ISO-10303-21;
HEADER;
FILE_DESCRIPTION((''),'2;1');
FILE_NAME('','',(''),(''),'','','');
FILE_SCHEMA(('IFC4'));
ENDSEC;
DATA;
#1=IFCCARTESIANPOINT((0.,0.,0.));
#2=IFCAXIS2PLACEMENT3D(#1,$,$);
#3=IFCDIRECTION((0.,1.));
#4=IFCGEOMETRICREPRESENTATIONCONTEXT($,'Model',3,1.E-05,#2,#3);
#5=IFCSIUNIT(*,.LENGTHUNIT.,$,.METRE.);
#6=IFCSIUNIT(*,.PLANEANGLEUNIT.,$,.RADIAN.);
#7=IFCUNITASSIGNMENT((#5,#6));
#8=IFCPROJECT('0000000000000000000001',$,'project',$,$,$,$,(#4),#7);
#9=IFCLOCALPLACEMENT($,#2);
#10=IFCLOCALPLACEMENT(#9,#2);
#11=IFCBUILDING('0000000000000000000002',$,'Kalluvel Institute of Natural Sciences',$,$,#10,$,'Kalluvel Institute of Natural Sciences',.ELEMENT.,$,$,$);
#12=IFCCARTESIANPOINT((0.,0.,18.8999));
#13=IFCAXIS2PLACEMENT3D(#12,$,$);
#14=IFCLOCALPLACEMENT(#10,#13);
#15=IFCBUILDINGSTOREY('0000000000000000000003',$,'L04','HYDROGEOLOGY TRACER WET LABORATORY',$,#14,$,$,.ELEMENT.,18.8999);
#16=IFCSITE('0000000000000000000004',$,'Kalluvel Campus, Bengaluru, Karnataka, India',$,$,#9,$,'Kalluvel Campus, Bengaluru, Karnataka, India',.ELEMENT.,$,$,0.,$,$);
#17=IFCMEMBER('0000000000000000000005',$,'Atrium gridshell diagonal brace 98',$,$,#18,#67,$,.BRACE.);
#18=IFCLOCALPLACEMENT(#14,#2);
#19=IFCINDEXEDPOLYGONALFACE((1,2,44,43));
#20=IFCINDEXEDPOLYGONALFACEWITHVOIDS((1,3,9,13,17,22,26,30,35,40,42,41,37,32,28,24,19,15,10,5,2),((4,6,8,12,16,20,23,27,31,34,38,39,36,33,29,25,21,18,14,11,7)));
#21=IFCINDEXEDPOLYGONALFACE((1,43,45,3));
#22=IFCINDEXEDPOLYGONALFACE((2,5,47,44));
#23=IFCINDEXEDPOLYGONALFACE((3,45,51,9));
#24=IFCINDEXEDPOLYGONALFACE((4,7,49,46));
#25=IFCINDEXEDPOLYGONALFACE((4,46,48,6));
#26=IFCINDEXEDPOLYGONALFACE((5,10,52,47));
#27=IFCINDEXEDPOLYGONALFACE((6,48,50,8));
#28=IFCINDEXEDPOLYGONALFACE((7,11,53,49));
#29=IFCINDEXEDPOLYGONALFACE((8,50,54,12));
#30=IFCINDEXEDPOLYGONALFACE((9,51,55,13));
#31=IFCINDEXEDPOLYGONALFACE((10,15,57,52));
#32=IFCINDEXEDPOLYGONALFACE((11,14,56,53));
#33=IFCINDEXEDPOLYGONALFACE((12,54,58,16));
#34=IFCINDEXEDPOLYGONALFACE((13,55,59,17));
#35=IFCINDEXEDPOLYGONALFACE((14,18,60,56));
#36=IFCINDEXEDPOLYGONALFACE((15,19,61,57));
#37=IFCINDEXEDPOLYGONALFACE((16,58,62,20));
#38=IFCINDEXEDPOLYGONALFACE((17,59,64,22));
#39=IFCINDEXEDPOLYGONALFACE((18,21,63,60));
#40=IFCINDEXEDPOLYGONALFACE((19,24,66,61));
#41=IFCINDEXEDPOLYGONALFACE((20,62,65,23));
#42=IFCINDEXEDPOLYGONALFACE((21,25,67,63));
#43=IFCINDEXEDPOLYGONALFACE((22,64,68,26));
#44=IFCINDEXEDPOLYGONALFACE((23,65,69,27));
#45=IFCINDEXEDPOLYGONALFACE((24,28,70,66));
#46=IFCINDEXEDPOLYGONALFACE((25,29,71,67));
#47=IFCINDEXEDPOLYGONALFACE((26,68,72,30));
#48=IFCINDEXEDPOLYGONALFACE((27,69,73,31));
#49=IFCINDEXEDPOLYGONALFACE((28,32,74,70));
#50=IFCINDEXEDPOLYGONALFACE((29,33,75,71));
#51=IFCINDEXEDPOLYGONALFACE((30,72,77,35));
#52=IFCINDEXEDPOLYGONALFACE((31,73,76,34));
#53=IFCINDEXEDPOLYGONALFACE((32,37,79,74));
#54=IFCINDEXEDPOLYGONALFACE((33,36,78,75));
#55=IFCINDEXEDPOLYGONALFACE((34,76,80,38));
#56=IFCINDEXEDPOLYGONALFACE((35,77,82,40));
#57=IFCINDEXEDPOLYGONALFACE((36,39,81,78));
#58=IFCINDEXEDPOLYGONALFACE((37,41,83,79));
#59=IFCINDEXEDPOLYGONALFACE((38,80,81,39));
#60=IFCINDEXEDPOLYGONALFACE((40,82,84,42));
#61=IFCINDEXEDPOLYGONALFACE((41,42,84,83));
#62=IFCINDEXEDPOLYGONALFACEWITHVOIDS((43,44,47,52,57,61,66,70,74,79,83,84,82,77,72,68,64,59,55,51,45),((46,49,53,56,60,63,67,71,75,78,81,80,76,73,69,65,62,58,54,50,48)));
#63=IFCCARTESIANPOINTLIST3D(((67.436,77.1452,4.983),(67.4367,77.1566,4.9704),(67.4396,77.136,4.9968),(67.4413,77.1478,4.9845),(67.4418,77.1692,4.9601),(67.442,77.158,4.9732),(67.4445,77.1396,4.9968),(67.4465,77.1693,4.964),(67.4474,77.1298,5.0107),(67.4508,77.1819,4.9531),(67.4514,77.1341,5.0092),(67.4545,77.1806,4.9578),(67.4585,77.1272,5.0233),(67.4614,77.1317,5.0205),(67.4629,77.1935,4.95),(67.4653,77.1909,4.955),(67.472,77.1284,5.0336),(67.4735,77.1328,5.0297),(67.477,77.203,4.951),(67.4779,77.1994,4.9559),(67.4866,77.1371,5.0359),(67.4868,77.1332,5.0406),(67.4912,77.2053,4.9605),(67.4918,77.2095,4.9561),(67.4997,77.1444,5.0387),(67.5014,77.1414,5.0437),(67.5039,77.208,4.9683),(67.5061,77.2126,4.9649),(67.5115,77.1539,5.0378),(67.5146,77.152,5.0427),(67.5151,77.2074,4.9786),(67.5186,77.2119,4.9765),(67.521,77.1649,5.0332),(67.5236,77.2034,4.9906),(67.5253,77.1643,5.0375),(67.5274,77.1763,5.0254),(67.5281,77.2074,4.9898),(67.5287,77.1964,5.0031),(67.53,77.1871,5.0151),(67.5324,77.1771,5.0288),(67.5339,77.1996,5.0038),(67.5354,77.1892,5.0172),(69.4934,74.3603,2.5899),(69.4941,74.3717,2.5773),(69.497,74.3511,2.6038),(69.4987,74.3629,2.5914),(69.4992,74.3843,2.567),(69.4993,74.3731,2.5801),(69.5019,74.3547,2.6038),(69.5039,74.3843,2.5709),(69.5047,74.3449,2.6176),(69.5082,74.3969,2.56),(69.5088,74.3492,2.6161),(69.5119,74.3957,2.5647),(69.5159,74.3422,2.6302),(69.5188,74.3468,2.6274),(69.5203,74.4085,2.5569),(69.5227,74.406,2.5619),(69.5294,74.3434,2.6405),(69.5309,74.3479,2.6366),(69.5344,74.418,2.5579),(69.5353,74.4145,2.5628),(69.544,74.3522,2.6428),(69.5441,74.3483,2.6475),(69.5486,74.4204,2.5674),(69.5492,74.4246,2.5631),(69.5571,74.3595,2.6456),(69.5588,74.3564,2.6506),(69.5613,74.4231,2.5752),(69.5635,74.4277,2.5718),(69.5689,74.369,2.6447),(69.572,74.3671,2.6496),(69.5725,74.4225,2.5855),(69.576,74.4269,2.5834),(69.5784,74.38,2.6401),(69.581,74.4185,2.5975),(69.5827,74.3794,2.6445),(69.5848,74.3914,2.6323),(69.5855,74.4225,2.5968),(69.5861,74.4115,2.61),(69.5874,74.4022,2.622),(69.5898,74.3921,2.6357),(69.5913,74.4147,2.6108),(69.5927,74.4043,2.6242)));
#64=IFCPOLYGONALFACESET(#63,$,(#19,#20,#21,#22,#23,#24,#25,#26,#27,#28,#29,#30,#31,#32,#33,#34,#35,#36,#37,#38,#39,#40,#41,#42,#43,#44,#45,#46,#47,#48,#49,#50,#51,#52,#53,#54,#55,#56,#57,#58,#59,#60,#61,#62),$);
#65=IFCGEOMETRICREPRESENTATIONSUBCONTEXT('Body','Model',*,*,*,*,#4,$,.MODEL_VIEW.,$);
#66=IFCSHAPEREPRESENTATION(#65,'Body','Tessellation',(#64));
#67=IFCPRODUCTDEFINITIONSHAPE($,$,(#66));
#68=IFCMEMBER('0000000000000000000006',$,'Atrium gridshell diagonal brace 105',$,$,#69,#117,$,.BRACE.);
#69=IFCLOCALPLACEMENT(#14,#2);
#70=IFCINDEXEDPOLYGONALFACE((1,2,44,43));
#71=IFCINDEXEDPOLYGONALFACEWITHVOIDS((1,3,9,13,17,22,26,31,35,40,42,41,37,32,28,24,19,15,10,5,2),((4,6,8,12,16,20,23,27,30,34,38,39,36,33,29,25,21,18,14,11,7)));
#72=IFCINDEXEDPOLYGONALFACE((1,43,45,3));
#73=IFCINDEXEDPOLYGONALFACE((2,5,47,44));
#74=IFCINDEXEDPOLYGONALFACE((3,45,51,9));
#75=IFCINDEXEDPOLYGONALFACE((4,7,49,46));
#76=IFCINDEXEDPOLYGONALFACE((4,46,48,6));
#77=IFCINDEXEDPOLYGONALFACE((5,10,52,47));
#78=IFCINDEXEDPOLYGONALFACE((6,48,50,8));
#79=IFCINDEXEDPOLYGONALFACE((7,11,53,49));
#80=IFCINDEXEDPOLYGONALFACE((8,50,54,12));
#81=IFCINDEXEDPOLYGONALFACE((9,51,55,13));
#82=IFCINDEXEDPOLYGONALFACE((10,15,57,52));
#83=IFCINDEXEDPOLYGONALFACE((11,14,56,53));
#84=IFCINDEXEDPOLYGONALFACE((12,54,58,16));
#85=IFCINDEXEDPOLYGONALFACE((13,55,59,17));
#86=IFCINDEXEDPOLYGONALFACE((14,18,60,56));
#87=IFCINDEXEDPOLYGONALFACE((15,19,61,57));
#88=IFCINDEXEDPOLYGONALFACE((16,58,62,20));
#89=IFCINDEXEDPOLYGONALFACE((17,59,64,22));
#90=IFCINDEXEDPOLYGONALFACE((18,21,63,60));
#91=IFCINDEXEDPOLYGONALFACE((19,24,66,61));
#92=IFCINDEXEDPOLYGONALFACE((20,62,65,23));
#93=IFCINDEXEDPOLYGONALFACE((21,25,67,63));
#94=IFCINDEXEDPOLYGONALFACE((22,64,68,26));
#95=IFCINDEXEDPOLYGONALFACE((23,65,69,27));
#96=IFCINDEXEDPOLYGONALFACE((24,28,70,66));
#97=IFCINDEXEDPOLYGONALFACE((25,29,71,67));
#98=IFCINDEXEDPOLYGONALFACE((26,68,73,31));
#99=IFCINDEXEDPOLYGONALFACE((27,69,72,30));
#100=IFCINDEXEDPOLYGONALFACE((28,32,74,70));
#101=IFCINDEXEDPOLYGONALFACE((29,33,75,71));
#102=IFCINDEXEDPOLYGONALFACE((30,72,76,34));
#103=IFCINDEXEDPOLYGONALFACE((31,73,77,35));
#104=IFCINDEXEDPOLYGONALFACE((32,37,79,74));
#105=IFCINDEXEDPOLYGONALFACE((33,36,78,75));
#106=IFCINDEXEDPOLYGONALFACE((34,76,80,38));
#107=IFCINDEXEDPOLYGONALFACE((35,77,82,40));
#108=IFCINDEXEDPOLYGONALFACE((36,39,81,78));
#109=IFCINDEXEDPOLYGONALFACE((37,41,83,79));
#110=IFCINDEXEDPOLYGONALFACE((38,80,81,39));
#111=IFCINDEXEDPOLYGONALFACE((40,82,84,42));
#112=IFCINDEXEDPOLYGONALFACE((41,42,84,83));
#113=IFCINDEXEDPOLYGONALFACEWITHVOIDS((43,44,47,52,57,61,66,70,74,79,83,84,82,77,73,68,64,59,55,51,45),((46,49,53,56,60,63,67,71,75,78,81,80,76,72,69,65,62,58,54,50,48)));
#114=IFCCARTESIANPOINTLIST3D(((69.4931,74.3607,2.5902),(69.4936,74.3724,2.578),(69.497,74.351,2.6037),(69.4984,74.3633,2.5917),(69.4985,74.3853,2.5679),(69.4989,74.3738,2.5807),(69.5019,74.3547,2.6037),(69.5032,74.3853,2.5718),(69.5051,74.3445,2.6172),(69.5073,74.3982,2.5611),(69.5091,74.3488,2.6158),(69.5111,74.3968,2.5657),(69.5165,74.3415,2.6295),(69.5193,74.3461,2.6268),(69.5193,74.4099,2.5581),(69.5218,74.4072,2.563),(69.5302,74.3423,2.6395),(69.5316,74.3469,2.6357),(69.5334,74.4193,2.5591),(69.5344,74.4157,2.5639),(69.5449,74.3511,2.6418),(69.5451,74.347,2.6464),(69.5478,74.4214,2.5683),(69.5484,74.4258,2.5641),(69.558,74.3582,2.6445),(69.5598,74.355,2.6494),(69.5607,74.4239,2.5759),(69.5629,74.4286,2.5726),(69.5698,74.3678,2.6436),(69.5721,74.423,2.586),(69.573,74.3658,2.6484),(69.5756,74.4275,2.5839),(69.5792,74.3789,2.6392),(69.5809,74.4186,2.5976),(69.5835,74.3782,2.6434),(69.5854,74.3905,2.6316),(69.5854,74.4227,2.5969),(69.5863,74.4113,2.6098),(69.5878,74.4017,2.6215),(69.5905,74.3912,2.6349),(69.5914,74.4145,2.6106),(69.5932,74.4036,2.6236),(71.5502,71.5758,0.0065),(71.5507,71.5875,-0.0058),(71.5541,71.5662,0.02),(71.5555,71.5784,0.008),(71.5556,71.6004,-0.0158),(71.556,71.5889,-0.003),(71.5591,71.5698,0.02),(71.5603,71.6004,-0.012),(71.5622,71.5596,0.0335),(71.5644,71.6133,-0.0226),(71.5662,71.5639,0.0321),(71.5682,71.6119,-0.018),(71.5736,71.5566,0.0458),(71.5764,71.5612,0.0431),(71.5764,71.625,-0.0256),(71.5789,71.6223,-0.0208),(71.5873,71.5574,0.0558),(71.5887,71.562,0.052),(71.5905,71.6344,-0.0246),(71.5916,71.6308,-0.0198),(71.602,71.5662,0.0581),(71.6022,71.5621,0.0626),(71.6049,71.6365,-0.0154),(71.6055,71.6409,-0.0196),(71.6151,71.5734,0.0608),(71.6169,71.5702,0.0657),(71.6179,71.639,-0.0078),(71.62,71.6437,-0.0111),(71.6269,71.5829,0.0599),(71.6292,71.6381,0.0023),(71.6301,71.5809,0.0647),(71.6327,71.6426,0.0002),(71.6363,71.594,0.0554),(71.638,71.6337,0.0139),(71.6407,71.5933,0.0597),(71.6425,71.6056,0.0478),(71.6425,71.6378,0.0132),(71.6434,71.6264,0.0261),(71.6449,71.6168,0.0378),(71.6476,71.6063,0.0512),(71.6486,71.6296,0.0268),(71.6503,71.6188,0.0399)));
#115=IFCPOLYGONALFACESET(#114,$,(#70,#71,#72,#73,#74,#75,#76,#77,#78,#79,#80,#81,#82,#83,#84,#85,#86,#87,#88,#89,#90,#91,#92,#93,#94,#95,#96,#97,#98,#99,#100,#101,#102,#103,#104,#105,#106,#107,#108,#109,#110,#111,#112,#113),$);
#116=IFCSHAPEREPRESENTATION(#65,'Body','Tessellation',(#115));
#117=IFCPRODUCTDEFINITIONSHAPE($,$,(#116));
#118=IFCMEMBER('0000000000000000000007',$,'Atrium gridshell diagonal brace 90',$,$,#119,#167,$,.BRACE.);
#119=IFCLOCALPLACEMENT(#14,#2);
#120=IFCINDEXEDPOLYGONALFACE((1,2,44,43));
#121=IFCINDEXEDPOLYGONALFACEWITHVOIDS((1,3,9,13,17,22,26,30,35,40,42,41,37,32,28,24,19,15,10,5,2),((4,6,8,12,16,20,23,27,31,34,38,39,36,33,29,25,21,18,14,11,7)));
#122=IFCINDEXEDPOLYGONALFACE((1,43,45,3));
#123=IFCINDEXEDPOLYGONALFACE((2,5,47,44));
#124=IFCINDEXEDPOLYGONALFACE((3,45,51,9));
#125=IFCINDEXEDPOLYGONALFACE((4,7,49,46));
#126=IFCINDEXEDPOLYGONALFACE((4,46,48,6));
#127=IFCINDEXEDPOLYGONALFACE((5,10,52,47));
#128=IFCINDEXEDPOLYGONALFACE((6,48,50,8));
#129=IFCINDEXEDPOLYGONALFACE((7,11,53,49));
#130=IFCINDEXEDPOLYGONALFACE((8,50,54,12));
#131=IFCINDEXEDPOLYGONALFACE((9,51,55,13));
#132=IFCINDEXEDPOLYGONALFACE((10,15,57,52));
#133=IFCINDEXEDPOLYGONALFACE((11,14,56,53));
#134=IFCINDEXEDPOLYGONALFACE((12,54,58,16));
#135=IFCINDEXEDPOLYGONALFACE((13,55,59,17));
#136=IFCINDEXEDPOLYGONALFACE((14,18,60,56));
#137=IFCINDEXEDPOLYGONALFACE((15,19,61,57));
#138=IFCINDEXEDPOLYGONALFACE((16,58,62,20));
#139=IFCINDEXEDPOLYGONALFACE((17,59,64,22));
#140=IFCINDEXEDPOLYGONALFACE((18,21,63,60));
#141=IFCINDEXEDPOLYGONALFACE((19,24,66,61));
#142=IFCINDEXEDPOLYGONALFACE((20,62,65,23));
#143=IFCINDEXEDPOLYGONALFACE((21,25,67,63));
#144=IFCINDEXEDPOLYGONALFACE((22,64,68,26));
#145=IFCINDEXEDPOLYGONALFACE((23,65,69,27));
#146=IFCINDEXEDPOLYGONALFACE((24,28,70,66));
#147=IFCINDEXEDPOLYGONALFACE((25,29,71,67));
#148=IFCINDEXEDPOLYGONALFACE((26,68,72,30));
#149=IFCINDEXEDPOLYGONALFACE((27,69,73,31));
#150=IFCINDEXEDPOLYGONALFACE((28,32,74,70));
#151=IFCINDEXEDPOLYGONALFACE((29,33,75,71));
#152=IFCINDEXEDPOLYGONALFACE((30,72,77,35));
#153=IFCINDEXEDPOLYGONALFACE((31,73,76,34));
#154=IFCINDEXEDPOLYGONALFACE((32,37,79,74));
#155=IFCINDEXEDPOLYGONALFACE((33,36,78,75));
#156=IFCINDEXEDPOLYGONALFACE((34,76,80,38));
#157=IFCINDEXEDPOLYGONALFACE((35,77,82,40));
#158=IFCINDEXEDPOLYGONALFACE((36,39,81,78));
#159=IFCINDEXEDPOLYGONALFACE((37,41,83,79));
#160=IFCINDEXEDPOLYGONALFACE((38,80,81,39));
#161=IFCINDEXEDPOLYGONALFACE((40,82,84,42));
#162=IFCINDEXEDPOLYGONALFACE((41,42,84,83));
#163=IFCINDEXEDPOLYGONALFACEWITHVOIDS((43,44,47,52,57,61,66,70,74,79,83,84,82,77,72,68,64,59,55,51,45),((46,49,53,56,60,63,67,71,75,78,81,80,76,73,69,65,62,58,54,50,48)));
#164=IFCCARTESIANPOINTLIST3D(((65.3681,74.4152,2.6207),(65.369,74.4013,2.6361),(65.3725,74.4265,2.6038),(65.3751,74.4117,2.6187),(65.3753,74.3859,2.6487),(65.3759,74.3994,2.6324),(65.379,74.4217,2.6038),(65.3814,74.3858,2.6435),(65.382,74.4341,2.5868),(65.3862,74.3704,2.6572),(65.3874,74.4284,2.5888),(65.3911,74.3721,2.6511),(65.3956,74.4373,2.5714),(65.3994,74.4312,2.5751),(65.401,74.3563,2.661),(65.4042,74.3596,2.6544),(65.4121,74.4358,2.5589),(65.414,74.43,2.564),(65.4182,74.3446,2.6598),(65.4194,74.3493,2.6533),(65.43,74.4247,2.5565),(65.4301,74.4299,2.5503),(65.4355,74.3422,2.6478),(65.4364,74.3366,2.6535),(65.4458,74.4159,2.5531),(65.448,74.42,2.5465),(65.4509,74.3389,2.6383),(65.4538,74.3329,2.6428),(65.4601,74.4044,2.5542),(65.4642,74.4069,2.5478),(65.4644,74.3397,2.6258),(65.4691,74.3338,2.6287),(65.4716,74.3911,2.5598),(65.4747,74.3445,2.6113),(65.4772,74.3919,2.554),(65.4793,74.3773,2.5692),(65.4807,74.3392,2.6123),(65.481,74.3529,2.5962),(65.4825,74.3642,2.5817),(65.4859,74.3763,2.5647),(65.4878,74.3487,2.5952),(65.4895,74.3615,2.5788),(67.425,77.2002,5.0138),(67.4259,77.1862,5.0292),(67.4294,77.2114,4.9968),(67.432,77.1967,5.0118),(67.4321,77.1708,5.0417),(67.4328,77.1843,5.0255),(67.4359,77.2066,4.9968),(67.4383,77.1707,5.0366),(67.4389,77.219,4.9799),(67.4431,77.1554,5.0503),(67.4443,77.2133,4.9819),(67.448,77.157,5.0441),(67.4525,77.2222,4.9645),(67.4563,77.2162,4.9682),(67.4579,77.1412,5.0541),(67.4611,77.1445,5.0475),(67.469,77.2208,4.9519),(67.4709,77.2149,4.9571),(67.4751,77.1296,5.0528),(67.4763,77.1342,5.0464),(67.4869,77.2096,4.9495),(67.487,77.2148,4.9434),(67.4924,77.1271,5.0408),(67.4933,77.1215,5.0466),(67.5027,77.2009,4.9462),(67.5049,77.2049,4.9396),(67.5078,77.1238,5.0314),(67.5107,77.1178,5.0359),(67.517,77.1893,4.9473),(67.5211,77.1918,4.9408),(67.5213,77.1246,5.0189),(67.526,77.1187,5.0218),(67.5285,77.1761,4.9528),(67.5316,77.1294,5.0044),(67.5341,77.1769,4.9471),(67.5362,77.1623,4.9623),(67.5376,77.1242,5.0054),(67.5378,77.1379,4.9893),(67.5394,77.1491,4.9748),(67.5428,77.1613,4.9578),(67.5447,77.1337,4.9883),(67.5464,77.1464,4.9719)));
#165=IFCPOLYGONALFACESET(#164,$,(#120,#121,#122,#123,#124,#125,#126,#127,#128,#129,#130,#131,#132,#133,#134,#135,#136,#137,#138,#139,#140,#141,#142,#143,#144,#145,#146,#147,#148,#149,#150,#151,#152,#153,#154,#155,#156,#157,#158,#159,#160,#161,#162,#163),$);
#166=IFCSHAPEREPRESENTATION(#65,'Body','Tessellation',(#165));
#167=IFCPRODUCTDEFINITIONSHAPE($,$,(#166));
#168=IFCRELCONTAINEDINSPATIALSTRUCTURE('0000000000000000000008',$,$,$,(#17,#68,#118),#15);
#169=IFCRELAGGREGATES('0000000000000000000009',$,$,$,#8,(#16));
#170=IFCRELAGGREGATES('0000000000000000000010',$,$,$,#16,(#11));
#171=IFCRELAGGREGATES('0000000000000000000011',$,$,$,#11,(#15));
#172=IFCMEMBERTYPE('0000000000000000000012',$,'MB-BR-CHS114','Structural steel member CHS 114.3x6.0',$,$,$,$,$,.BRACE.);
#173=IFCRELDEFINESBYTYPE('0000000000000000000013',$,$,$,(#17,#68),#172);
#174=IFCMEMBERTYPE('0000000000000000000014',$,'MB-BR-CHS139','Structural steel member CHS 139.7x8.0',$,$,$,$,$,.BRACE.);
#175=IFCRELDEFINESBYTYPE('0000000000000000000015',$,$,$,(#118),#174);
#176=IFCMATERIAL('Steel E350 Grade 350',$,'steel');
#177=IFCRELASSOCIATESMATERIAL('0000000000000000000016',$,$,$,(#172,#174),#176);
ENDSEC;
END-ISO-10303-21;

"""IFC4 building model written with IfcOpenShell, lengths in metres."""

from ifc_helpers import new_model, si_unit, direction, frame, origin, origin_2d, place, context, subcontext, project, spatial, hollow_circle, extrude, material, material_profile, profile_set, type_object, element, save


model = new_model("IFC4")

# Units and contexts
model_context = context("Model", 3, precision=1e-05, world=origin(), true_north=direction((0.0, 1.0)))
body_context = subcontext(model_context, "Body", "Model", "MODEL_VIEW")
ifc_project = project(units=[si_unit("LENGTHUNIT", "METRE"), si_unit("PLANEANGLEUNIT", "RADIAN")], contexts=[model_context])

# Site, building, storey
site_placement = place(None, origin())
site = spatial("IfcSite", under=ifc_project, at=site_placement, Name="Kalluvel Campus, Bengaluru, Karnataka, India", LongName="Kalluvel Campus, Bengaluru, Karnataka, India", CompositionType="ELEMENT", RefElevation=0.0)
building_placement = place(site_placement, origin())
building = spatial("IfcBuilding", under=site, at=building_placement, Name="Kalluvel Institute of Natural Sciences", LongName="Kalluvel Institute of Natural Sciences", CompositionType="ELEMENT")
storey_placement = place(building_placement, frame((0.0, 0.0, 18.8999)))
storey = spatial("IfcBuildingStorey", under=building, at=storey_placement, Name="L04", Description="HYDROGEOLOGY TRACER WET LABORATORY", CompositionType="ELEMENT", Elevation=18.8999)

# Shared definitions
ifc_material_1 = material(Name="Steel E350 Grade 350", Category="steel")

# Members
ifc_material_profile_1 = material_profile(ifc_material_1, hollow_circle(Radius=0.0571, WallThickness=0.0061, at=origin_2d()), Name="CHS 114.3x6.0")
ifc_profile_set_1 = profile_set([ifc_material_profile_1], Name="Steel E350 Grade 350")
member_type_1 = type_object("IfcMemberType", Name="MB-BR-CHS114", Description="Structural steel member CHS 114.3x6.0", PredefinedType="BRACE", material=ifc_profile_set_1)
member_1_placement = place(storey_placement, frame((69.543, 74.385, 2.6038), z_axis=(-0.488809, 0.661664, 0.568566), x_axis=(-0.80432, -0.594197, 0.0)))
element("IfcMember", 1, at=member_1_placement, inside=storey, type_object=member_type_1, Name="Atrium gridshell diagonal brace 98", PredefinedType="BRACE", context=body_context, shape_type="SweptSolid", body=[
    extrude(hollow_circle(Radius=0.0571, WallThickness=0.0061, at=origin_2d()), origin(), (0.0, 0.0, 1.0), 4.209),
])
member_2_placement = place(storey_placement, frame((71.6001, 71.6001, 0.02), z_axis=(-0.476177, 0.644641, 0.598075), x_axis=(-0.804353, -0.594151, 0.0)))
element("IfcMember", 2, at=member_2_placement, inside=storey, type_object=member_type_1, Name="Atrium gridshell diagonal brace 105", PredefinedType="BRACE", context=body_context, shape_type="SweptSolid", body=[
    extrude(hollow_circle(Radius=0.0571, WallThickness=0.0061, at=origin_2d()), origin(), (0.0, 0.0, 1.0), 4.3201),
])
ifc_material_profile_2 = material_profile(ifc_material_1, hollow_circle(Radius=0.0698, WallThickness=0.0081, at=origin_2d()), Name="CHS 139.7x8.0")
ifc_profile_set_2 = profile_set([ifc_material_profile_2], Name="Steel E350 Grade 350")
member_type_2 = type_object("IfcMemberType", Name="MB-BR-CHS139", Description="Structural steel member CHS 139.7x8.0", PredefinedType="BRACE", material=ifc_profile_set_2)
for number, where, z_axis, x_axis, name in (
    (3, (65.4287, 74.385, 2.6038), (0.48872, 0.661701, 0.568598), (-0.804387, 0.594106, 0.0), "Atrium gridshell diagonal brace 90"),
):
    element("IfcMember", number, at=place(storey_placement, frame(where, z_axis=z_axis, x_axis=x_axis)), inside=storey, type_object=member_type_2, Name=name, PredefinedType="BRACE", context=body_context, shape_type="SweptSolid", body=[
        extrude(hollow_circle(Radius=0.0698, WallThickness=0.0081, at=origin_2d()), origin(), (0.0, 0.0, 1.0), 4.2087),
    ])

save(model, "model.ifc")
